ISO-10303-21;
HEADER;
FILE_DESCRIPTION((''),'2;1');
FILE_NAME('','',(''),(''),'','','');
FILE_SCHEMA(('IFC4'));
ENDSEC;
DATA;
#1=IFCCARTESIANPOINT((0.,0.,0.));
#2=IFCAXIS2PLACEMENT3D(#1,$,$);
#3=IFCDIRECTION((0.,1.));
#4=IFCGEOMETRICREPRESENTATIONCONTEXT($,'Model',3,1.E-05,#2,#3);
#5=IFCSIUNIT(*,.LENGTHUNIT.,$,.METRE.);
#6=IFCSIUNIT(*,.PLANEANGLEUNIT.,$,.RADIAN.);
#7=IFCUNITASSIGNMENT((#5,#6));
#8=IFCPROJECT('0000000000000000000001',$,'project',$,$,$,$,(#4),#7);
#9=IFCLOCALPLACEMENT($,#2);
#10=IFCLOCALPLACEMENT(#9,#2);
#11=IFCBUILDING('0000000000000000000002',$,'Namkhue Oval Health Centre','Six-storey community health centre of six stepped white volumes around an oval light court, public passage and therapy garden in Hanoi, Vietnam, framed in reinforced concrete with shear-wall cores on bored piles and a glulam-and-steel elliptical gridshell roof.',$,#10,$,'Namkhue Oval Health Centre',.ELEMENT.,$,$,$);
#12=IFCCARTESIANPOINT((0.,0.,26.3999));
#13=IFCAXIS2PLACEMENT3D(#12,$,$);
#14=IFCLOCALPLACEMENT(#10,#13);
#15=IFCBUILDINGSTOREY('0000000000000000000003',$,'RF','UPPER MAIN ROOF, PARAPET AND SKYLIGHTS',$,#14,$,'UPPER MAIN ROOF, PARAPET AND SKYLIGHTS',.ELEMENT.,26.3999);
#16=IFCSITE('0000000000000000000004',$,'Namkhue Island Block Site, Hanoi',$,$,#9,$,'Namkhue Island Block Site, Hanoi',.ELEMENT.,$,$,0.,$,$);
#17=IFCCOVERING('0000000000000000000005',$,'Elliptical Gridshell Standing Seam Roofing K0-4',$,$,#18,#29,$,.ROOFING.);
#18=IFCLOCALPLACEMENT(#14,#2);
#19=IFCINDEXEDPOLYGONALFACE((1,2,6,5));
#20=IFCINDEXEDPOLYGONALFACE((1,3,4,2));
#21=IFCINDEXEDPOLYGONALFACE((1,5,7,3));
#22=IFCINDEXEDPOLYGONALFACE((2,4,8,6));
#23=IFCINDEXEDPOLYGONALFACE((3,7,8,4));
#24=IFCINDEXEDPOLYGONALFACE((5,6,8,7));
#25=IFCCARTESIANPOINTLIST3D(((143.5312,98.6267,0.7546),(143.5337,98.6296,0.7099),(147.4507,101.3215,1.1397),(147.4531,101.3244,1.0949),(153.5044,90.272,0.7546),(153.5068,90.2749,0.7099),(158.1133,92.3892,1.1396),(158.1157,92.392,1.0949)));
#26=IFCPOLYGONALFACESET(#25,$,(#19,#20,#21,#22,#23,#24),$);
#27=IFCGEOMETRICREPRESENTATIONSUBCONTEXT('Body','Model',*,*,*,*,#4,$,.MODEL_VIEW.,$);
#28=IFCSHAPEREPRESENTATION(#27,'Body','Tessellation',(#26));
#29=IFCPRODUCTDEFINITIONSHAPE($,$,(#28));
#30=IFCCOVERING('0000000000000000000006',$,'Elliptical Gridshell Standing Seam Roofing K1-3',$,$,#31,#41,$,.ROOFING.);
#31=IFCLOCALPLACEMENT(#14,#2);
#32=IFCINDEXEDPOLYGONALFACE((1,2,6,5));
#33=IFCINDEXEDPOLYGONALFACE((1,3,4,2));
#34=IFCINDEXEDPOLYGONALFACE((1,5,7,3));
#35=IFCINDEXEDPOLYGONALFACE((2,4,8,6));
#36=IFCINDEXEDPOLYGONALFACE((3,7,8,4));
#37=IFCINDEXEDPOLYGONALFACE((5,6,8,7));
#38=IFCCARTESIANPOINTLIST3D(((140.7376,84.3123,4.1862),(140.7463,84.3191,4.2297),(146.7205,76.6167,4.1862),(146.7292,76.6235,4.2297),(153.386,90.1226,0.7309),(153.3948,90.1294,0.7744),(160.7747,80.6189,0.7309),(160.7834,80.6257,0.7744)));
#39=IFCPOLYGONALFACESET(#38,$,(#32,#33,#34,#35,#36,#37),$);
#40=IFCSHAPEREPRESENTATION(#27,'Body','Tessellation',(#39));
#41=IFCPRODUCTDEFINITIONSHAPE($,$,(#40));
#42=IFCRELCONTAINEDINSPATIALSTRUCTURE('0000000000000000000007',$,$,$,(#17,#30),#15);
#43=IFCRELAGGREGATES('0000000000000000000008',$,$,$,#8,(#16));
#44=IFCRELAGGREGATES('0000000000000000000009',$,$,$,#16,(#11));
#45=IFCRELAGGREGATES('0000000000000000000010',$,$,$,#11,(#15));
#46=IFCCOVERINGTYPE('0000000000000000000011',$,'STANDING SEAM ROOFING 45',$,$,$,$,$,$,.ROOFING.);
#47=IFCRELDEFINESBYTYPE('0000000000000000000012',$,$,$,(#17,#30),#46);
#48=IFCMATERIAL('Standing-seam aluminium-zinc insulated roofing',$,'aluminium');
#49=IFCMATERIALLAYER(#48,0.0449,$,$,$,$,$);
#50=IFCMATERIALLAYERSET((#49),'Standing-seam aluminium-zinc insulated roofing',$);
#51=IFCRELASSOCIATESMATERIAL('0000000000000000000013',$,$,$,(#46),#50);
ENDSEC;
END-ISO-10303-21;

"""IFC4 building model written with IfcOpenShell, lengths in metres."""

from ifc_helpers import new_model, si_unit, direction, frame, origin, place, context, subcontext, project, spatial, polyline, outline, extrude, material, layer, layer_set, type_object, element, save


model = new_model("IFC4")

# Units and contexts
model_context = context("Model", 3, precision=1e-05, world=origin(), true_north=direction((0.0, 1.0)))
body_context = subcontext(model_context, "Body", "Model", "MODEL_VIEW")
ifc_project = project(units=[si_unit("LENGTHUNIT", "METRE"), si_unit("PLANEANGLEUNIT", "RADIAN")], contexts=[model_context])

# Site, building, storey
site_placement = place(None, origin())
site = spatial("IfcSite", under=ifc_project, at=site_placement, Name="Namkhue Island Block Site, Hanoi", LongName="Namkhue Island Block Site, Hanoi", CompositionType="ELEMENT", RefElevation=0.0)
building_placement = place(site_placement, origin())
building = spatial("IfcBuilding", under=site, at=building_placement, Name="Namkhue Oval Health Centre", Description="Six-storey community health centre of six stepped white volumes around an oval light court, public passage and therapy garden in Hanoi, Vietnam, framed in reinforced concrete with shear-wall cores on bored piles and a glulam-and-steel elliptical gridshell roof.", LongName="Namkhue Oval Health Centre", CompositionType="ELEMENT")
storey_placement = place(building_placement, frame((0.0, 0.0, 26.3999)))
storey = spatial("IfcBuildingStorey", under=building, at=storey_placement, Name="RF", Description="UPPER MAIN ROOF, PARAPET AND SKYLIGHTS", LongName="UPPER MAIN ROOF, PARAPET AND SKYLIGHTS", CompositionType="ELEMENT", Elevation=26.3999)

# Coverings
ifc_material_1 = material(Name="Standing-seam aluminium-zinc insulated roofing", Category="aluminium")
ifc_layer_1 = layer(ifc_material_1, 0.0449)
ifc_layer_set_1 = layer_set([ifc_layer_1], Name="Standing-seam aluminium-zinc insulated roofing")
covering_type_1 = type_object("IfcCoveringType", Name="STANDING SEAM ROOFING 45", PredefinedType="ROOFING", material=ifc_layer_set_1)
covering_1_placement = place(storey_placement, frame((158.1133, 92.3892, 1.1396), z_axis=(-0.053762, -0.064176, 0.996489), x_axis=(-0.766561, 0.642171, 0.0)))
element("IfcCovering", 1, at=covering_1_placement, inside=storey, type_object=covering_type_1, Name="Elliptical Gridshell Standing Seam Roofing K0-4", PredefinedType="ROOFING", context=body_context, shape_type="SweptSolid", body=[
    extrude(outline(polyline([(0.0, 0.0), (13.9096, 0.0), (15.1836, 4.5988), (2.1734, 4.5988), (0.0, 0.0)])), origin(), (0.0, 0.0, -1.0), 0.0449),
])
covering_2_placement = place(storey_placement, frame((160.7834, 80.6257, 0.7744), z_axis=(0.195052, 0.151644, 0.968999), x_axis=(-0.613782, 0.789476, 0.0)))
element("IfcCovering", 2, at=covering_2_placement, inside=storey, type_object=covering_type_1, Name="Elliptical Gridshell Standing Seam Roofing K1-3", PredefinedType="ROOFING", context=body_context, shape_type="SweptSolid", body=[
    extrude(outline(polyline([(0.0, 0.0), (12.0379, 0.0), (15.2142, 13.9855), (5.4666, 13.9855), (0.0, 0.0)])), origin(), (0.0, 0.0, -1.0), 0.0449),
])

save(model, "model.ifc")
